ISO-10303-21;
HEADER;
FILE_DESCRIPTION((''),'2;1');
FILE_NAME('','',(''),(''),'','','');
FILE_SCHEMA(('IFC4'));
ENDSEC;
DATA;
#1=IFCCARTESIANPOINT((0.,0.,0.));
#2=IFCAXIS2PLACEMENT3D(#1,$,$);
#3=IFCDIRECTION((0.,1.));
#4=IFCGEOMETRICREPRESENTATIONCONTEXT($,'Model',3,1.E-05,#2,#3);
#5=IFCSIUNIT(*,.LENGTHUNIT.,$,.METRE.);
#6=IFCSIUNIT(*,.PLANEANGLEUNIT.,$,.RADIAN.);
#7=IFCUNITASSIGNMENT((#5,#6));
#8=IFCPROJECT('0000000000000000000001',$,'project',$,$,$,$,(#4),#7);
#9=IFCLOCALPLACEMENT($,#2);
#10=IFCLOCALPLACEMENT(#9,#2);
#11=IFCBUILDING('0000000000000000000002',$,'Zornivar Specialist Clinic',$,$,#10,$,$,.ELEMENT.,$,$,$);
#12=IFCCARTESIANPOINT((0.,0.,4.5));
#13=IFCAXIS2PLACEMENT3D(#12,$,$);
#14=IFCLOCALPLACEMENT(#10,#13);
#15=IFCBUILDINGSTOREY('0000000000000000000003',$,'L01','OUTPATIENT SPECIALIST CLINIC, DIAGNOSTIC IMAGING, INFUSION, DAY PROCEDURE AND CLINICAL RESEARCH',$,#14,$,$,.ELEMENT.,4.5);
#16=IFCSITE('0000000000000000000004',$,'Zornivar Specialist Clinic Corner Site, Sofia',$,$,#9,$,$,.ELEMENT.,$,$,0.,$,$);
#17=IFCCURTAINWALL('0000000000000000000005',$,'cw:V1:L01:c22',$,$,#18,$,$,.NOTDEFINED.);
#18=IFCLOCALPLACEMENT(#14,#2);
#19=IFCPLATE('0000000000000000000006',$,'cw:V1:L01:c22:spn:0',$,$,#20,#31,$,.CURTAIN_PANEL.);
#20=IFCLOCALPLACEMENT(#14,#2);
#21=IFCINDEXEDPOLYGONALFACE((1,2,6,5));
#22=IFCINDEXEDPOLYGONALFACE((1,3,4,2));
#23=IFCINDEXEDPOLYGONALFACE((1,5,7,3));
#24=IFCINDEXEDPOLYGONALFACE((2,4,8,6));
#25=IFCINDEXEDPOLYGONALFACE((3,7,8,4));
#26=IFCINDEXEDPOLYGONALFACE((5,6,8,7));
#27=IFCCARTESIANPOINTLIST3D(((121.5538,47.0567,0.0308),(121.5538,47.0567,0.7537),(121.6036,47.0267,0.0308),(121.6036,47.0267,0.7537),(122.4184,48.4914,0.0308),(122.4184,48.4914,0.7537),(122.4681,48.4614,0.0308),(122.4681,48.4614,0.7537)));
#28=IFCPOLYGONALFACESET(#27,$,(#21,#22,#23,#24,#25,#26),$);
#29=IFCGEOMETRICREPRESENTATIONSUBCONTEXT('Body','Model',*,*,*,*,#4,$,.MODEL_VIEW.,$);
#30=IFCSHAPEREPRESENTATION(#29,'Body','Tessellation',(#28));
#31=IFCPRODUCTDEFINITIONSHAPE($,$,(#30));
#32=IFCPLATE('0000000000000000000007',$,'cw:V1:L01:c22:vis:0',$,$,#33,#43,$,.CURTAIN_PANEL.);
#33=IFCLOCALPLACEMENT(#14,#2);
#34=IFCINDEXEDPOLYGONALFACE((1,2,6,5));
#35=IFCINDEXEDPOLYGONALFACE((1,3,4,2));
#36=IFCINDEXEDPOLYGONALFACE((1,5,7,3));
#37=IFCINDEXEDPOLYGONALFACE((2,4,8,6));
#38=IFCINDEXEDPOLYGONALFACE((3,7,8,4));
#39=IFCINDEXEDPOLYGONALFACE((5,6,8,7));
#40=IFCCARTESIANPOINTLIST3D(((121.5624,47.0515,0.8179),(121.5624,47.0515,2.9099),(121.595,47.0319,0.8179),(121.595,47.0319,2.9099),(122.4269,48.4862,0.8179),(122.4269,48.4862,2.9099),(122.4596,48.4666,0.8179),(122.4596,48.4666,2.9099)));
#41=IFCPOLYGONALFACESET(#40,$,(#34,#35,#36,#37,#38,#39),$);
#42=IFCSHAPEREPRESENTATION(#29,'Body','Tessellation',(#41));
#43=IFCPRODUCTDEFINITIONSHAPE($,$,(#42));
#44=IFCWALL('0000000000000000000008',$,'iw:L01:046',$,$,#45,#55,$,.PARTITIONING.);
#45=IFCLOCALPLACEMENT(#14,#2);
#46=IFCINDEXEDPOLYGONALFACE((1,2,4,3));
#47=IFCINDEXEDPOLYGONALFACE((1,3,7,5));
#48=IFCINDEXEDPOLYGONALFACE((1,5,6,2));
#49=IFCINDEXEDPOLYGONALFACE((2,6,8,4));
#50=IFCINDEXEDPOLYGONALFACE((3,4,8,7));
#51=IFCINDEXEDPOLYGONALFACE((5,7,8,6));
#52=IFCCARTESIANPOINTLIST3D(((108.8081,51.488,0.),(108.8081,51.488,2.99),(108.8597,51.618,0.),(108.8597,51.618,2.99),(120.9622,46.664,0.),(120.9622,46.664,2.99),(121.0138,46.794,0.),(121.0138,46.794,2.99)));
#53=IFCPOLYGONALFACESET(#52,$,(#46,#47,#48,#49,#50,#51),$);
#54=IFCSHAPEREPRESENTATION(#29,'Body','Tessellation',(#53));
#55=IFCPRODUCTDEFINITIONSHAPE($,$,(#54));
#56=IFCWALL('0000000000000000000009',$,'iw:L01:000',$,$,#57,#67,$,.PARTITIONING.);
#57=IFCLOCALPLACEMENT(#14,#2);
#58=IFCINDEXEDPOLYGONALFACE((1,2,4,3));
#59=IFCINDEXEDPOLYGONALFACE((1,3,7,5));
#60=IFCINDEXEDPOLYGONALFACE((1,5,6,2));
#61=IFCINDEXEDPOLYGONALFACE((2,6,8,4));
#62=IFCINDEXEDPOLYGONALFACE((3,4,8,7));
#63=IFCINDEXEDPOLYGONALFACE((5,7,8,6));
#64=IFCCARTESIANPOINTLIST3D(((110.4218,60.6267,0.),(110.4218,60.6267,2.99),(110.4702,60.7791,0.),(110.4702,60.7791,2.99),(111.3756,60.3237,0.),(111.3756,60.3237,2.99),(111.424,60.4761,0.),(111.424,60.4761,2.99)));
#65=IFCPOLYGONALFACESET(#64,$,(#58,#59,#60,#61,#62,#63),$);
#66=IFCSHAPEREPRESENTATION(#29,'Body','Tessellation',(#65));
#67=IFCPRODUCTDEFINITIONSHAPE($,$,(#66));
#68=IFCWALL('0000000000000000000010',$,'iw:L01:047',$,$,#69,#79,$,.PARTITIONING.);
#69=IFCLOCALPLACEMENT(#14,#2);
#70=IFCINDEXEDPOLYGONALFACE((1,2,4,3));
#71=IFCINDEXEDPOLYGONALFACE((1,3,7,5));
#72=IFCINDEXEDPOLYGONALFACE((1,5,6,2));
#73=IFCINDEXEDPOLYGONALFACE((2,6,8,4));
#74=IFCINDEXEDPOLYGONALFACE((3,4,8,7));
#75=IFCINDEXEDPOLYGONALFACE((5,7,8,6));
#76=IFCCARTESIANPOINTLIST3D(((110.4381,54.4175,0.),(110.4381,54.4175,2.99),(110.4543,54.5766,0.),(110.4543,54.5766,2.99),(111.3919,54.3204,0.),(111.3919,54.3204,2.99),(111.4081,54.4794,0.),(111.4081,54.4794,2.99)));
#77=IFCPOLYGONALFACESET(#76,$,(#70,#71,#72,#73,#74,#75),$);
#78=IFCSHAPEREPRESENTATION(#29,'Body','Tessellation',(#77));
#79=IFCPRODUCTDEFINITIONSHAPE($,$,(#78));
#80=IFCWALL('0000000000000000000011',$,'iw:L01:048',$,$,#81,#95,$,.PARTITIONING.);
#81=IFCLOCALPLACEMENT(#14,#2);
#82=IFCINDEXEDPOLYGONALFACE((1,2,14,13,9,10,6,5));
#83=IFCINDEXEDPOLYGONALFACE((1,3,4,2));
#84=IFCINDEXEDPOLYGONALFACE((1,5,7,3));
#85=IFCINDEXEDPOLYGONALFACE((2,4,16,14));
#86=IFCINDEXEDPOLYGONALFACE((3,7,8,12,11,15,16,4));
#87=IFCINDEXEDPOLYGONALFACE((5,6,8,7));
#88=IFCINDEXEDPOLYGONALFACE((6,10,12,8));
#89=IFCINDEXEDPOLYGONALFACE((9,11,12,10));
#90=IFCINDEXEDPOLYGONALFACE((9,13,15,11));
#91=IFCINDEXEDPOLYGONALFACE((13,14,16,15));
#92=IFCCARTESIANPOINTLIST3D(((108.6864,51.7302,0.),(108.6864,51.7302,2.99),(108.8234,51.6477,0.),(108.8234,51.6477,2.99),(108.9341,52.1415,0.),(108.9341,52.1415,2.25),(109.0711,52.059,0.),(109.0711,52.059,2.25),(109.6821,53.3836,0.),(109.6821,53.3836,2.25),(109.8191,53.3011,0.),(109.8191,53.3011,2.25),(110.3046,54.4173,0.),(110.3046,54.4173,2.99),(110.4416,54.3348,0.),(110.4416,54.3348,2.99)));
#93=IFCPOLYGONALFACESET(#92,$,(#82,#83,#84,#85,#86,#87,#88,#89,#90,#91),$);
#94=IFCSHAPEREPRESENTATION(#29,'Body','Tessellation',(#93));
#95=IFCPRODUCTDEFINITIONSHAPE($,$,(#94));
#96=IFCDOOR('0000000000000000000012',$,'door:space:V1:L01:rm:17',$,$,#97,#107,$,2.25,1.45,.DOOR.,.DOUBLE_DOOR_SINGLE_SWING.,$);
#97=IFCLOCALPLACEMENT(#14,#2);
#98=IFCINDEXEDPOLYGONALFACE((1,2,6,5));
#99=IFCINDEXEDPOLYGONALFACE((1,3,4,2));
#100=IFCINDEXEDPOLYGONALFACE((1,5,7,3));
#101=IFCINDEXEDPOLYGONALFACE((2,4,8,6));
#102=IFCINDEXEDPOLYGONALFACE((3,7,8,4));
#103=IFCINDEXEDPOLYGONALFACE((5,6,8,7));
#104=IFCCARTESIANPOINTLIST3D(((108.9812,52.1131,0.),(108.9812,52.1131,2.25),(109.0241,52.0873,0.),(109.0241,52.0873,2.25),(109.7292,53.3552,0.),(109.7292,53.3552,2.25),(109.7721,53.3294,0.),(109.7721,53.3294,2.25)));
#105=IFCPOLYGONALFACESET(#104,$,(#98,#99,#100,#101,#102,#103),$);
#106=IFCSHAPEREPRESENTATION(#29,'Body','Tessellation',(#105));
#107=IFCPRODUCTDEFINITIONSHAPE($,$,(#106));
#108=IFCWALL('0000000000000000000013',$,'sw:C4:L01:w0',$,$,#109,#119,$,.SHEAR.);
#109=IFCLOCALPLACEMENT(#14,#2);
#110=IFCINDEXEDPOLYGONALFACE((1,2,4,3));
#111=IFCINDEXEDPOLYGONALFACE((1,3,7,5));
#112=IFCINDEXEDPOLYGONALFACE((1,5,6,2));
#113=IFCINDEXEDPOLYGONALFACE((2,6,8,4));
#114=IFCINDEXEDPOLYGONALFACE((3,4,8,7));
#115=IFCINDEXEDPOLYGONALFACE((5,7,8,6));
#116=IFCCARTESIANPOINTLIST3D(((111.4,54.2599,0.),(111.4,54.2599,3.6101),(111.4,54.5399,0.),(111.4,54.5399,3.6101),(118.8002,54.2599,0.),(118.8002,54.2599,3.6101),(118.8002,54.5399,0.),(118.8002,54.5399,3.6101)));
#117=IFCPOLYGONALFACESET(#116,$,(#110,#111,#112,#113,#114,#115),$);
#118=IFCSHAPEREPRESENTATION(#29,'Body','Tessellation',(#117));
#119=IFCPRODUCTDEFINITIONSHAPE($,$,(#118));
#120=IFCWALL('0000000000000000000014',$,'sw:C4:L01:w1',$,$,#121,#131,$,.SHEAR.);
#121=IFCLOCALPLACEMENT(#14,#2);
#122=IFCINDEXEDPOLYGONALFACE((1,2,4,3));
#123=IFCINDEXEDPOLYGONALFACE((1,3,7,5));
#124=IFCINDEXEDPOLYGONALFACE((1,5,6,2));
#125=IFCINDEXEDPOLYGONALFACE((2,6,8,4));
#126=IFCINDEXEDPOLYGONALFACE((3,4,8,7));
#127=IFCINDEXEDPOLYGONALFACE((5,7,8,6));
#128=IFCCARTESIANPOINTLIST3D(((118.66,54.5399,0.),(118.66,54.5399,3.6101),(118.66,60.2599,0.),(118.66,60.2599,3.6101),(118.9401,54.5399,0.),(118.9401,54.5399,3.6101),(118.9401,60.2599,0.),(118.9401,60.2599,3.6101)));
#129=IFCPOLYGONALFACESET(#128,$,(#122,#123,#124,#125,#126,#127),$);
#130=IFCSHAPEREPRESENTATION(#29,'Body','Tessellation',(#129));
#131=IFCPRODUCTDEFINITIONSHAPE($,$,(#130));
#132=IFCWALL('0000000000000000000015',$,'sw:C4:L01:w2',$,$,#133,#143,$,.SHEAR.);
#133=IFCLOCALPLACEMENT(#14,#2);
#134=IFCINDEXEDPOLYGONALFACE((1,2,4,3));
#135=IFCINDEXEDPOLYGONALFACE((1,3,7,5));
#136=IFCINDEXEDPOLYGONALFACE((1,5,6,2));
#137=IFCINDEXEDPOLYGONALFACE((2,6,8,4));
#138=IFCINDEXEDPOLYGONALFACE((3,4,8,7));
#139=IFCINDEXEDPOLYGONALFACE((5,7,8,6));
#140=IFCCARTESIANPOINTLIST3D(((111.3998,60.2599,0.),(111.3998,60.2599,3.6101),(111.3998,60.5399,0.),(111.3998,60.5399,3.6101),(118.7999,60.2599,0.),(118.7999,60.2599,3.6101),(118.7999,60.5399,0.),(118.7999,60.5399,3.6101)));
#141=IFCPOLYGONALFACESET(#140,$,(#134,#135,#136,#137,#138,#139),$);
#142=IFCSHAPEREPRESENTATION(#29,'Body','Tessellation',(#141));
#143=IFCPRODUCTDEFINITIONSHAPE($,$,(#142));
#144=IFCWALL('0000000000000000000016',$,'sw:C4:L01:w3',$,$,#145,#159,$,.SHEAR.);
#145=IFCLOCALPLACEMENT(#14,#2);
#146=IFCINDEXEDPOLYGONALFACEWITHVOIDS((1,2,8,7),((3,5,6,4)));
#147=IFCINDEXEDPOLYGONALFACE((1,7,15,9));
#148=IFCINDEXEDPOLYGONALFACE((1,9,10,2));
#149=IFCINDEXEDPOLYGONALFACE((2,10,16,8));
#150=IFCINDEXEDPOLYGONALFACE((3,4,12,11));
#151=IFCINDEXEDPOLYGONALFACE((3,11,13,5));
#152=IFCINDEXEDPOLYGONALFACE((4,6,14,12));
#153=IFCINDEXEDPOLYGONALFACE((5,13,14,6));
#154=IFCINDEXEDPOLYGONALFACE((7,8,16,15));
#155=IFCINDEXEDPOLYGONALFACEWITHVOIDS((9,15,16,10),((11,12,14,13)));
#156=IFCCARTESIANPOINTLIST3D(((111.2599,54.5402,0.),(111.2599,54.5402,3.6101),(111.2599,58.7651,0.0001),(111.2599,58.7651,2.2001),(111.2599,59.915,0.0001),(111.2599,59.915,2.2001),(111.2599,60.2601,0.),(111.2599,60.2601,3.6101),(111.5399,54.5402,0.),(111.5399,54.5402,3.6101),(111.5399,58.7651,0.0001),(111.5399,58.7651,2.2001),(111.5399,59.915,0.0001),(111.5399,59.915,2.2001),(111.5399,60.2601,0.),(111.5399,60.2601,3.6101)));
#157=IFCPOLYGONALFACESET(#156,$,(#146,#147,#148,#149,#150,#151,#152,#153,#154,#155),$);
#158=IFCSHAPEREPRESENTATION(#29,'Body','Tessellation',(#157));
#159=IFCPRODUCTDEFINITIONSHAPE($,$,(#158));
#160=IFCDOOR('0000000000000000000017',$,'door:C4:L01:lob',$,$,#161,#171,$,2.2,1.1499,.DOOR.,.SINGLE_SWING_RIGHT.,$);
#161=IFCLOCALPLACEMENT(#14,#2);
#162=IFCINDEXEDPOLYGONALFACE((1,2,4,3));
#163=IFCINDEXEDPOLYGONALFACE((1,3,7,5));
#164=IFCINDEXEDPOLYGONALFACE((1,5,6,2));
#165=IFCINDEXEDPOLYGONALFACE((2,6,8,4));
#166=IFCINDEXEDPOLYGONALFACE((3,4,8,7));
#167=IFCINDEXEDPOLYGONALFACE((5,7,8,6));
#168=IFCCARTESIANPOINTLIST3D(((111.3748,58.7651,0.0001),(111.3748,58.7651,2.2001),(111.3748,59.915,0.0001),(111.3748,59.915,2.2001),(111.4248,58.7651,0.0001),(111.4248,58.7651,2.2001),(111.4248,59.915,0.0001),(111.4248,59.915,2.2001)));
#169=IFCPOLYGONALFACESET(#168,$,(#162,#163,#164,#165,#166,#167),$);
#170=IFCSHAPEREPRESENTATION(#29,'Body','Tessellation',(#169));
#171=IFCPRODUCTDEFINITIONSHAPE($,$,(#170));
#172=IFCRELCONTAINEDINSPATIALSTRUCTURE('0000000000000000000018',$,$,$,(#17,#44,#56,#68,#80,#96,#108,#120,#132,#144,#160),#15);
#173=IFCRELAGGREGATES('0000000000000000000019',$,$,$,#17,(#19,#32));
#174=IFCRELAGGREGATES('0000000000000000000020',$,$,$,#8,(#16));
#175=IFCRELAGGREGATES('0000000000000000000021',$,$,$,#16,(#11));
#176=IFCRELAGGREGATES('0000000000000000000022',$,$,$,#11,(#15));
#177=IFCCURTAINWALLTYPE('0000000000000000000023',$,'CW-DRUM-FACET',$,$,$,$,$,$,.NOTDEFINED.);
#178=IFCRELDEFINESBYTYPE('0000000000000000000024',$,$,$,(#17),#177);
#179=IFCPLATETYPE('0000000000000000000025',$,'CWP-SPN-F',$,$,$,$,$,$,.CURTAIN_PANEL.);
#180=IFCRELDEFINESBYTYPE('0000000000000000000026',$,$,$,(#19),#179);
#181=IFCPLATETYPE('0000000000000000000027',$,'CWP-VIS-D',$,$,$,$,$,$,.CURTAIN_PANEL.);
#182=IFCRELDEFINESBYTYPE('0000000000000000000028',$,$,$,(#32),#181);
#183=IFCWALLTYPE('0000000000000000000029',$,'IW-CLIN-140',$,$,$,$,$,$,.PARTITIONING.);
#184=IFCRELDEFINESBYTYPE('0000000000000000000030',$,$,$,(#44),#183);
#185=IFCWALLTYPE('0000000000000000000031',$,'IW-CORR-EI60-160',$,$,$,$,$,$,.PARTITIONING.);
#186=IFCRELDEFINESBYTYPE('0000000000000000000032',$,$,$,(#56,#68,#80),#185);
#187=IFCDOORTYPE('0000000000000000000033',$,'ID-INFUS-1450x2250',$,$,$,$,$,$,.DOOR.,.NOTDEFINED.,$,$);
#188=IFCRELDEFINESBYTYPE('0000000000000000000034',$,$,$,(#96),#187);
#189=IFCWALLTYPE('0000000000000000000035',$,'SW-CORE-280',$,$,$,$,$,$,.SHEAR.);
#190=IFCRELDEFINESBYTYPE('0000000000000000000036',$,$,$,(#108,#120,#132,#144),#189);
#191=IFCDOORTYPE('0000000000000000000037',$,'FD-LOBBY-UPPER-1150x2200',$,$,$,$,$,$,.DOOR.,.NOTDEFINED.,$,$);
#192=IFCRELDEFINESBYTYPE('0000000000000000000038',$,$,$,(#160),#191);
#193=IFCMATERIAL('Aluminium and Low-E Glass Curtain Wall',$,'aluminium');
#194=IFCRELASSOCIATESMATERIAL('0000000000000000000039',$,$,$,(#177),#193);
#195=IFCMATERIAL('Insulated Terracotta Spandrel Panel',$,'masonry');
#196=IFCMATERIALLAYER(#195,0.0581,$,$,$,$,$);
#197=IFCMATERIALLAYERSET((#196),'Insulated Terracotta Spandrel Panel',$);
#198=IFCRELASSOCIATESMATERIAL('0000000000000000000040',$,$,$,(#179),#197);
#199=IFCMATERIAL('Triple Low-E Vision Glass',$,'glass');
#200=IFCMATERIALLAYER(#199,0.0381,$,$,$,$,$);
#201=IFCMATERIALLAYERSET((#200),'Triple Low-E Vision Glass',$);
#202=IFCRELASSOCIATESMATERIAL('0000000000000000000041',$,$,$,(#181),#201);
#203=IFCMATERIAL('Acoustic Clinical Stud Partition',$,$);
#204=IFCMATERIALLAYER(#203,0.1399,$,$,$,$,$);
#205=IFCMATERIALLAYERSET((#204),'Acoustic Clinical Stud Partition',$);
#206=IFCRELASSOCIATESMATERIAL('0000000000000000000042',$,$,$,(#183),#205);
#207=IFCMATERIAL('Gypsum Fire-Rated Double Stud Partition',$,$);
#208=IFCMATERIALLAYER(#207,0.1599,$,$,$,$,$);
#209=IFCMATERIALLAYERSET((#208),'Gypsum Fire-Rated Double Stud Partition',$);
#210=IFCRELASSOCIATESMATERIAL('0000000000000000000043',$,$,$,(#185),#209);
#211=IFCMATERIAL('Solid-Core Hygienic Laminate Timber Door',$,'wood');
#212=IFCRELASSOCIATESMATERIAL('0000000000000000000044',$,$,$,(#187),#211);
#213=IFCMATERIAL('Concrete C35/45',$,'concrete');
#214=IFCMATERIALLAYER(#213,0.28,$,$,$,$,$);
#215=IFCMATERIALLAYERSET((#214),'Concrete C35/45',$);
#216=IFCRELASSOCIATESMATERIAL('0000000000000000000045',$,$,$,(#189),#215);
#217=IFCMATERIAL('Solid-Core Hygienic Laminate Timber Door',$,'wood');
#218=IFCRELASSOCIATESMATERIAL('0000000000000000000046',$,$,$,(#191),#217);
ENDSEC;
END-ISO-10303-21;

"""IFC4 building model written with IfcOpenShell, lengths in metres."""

from ifc_helpers import new_model, si_unit, direction, frame, frame_2d, origin, origin_2d, place, context, subcontext, project, spatial, rectangle, extrude, material, layer, layer_set, type_object, element, fill, aggregate, save


model = new_model("IFC4")

# Units and contexts
model_context = context("Model", 3, precision=1e-05, world=origin(), true_north=direction((0.0, 1.0)))
body_context = subcontext(model_context, "Body", "Model", "MODEL_VIEW")
ifc_project = project(units=[si_unit("LENGTHUNIT", "METRE"), si_unit("PLANEANGLEUNIT", "RADIAN")], contexts=[model_context])

# Site, building, storey
site_placement = place(None, origin())
site = spatial("IfcSite", under=ifc_project, at=site_placement, Name="Zornivar Specialist Clinic Corner Site, Sofia", CompositionType="ELEMENT", RefElevation=0.0)
building_placement = place(site_placement, origin())
building = spatial("IfcBuilding", under=site, at=building_placement, Name="Zornivar Specialist Clinic", CompositionType="ELEMENT")
storey_placement = place(building_placement, frame((0.0, 0.0, 4.5)))
storey = spatial("IfcBuildingStorey", under=building, at=storey_placement, Name="L01", Description="OUTPATIENT SPECIALIST CLINIC, DIAGNOSTIC IMAGING, INFUSION, DAY PROCEDURE AND CLINICAL RESEARCH", CompositionType="ELEMENT", Elevation=4.5)

# Curtain wall, plates
ifc_material_1 = material(Name="Aluminium and Low-E Glass Curtain Wall", Category="aluminium")
curtain_wall_type = type_object("IfcCurtainWallType", Name="CW-DRUM-FACET", PredefinedType="NOTDEFINED", material=ifc_material_1)
curtain_wall_placement = place(storey_placement, origin())
curtain_wall = element("IfcCurtainWall", 1, at=curtain_wall_placement, inside=storey, type_object=curtain_wall_type, Name="cw:V1:L01:c22", PredefinedType="NOTDEFINED")
ifc_material_2 = material(Name="Insulated Terracotta Spandrel Panel", Category="masonry")
ifc_layer_1 = layer(ifc_material_2, 0.0581)
ifc_layer_set_1 = layer_set([ifc_layer_1], Name="Insulated Terracotta Spandrel Panel")
plate_type_1 = type_object("IfcPlateType", Name="CWP-SPN-F", PredefinedType="CURTAIN_PANEL", material=ifc_layer_set_1)
plate_1_placement = place(storey_placement, frame((122.011, 47.759, 0.0308), z_axis=(0.0, 0.0, 1.0), x_axis=(0.516127, 0.856512, 0.0)))
plate_1 = element("IfcPlate", 2, at=plate_1_placement, type_object=plate_type_1, Name="cw:V1:L01:c22:spn:0", PredefinedType="CURTAIN_PANEL", context=body_context, shape_type="SweptSolid", body=[
    extrude(rectangle(XDim=1.675, YDim=0.0581, at=origin_2d()), origin(), (0.0, 0.0, 1.0), 0.7229),
])
ifc_material_3 = material(Name="Triple Low-E Vision Glass", Category="glass")
ifc_layer_2 = layer(ifc_material_3, 0.0381)
ifc_layer_set_2 = layer_set([ifc_layer_2], Name="Triple Low-E Vision Glass")
plate_type_2 = type_object("IfcPlateType", Name="CWP-VIS-D", PredefinedType="CURTAIN_PANEL", material=ifc_layer_set_2)
plate_2_placement = place(storey_placement, frame((122.011, 47.759, 0.8179), z_axis=(0.0, 0.0, 1.0), x_axis=(0.516127, 0.856512, 0.0)))
plate_2 = element("IfcPlate", 3, at=plate_2_placement, type_object=plate_type_2, Name="cw:V1:L01:c22:vis:0", PredefinedType="CURTAIN_PANEL", context=body_context, shape_type="SweptSolid", body=[
    extrude(rectangle(XDim=1.675, YDim=0.0381, at=origin_2d()), origin(), (0.0, 0.0, 1.0), 2.092),
])
aggregate(curtain_wall, [plate_1, plate_2])

# Walls
ifc_material_4 = material(Name="Acoustic Clinical Stud Partition")
ifc_layer_3 = layer(ifc_material_4, 0.1399)
ifc_layer_set_3 = layer_set([ifc_layer_3], Name="Acoustic Clinical Stud Partition")
wall_type_1 = type_object("IfcWallType", Name="IW-CLIN-140", PredefinedType="PARTITIONING", material=ifc_layer_set_3)
wall_1_placement = place(storey_placement, frame((108.834, 51.553, 0.0), z_axis=(0.0, 0.0, 1.0), x_axis=(0.929466, -0.368907, 0.0)))
element("IfcWall", 4, at=wall_1_placement, inside=storey, type_object=wall_type_1, Name="iw:L01:046", PredefinedType="PARTITIONING", context=body_context, shape_type="SweptSolid", body=[
    extrude(rectangle(XDim=13.0764, YDim=0.1399, at=frame_2d((6.5381, 0.0))), origin(), (0.0, 0.0, 1.0), 2.99),
])
ifc_material_5 = material(Name="Gypsum Fire-Rated Double Stud Partition")
ifc_layer_4 = layer(ifc_material_5, 0.1599)
ifc_layer_set_4 = layer_set([ifc_layer_4], Name="Gypsum Fire-Rated Double Stud Partition")
wall_type_2 = type_object("IfcWallType", Name="IW-CORR-EI60-160", PredefinedType="PARTITIONING", material=ifc_layer_set_4)
wall_2_placement = place(storey_placement, frame((111.3999, 60.3999, 0.0), z_axis=(0.0, 0.0, 1.0), x_axis=(-0.953076, 0.30273, 0.0)))
element("IfcWall", 5, at=wall_2_placement, inside=storey, type_object=wall_type_2, Name="iw:L01:000", PredefinedType="PARTITIONING", context=body_context, shape_type="SweptSolid", body=[
    extrude(rectangle(XDim=1.0007, YDim=0.1599, at=frame_2d((0.5005, 0.0))), origin(), (0.0, 0.0, 1.0), 2.99),
])
wall_3_placement = place(storey_placement, frame((110.446, 54.4971, 0.0), z_axis=(0.0, 0.0, 1.0), x_axis=(0.994851, -0.101344, 0.0)))
element("IfcWall", 6, at=wall_3_placement, inside=storey, type_object=wall_type_2, Name="iw:L01:047", PredefinedType="PARTITIONING", context=body_context, shape_type="SweptSolid", body=[
    extrude(rectangle(XDim=0.9587, YDim=0.1599, at=frame_2d((0.4795, 0.0))), origin(), (0.0, 0.0, 1.0), 2.99),
])

# Wall, opening, door
wall_4_placement = place(storey_placement, frame((108.7549, 51.689, 0.0), z_axis=(0.0, 0.0, 1.0), x_axis=(0.515892, 0.856654, 0.0)))
wall_4 = element("IfcWall", 7, at=wall_4_placement, inside=storey, type_object=wall_type_2, Name="iw:L01:048", PredefinedType="PARTITIONING", context=body_context, shape_type="SweptSolid", body=[
    extrude(rectangle(XDim=3.1367, YDim=0.1599, at=frame_2d((1.5684, 0.0))), origin(), (0.0, 0.0, 1.0), 2.99),
])
opening_1_placement = place(wall_4_placement, frame((0.48, 0.0, 0.0)))
opening_1 = element("IfcOpeningElement", 8, at=opening_1_placement, cuts=wall_4, PredefinedType="OPENING", context=body_context, shape_type="SweptSolid", body=[
    extrude(rectangle(XDim=1.45, YDim=2.25, at=frame_2d((0.7251, 1.125))), frame((0.0, 0.0898, 0.0), z_axis=(0.0, -1.0, 0.0), x_axis=(1.0, 0.0, 0.0)), (0.0, 0.0, 1.0), 0.1799),
])
ifc_material_6 = material(Name="Solid-Core Hygienic Laminate Timber Door", Category="wood")
door_type_1 = type_object("IfcDoorType", Name="ID-INFUS-1450x2250", OperationType="NOTDEFINED", PredefinedType="DOOR", material=ifc_material_6)
door_1_placement = place(opening_1_placement, origin())
door_1 = element("IfcDoor", 9, at=door_1_placement, inside=storey, type_object=door_type_1, Name="door:space:V1:L01:rm:17", OperationType="DOUBLE_DOOR_SINGLE_SWING", OverallHeight=2.25, OverallWidth=1.45, PredefinedType="DOOR", context=body_context, shape_type="SweptSolid", body=[
    extrude(rectangle(XDim=1.45, YDim=2.25, at=frame_2d((0.7251, 1.125))), frame((0.0, 0.0249, 0.0), z_axis=(0.0, -1.0, 0.0), x_axis=(1.0, 0.0, 0.0)), (0.0, 0.0, 1.0), 0.05),
])
fill(opening_1, door_1)

# Walls
ifc_material_7 = material(Name="Concrete C35/45", Category="concrete")
ifc_layer_5 = layer(ifc_material_7, 0.28)
ifc_layer_set_5 = layer_set([ifc_layer_5], Name="Concrete C35/45")
wall_type_3 = type_object("IfcWallType", Name="SW-CORE-280", PredefinedType="SHEAR", material=ifc_layer_set_5)
wall_5_placement = place(storey_placement, frame((111.3999, 54.3999, 0.0), z_axis=(0.0, 0.0, 1.0), x_axis=(1.0, 0.0, 0.0)))
element("IfcWall", 10, at=wall_5_placement, inside=storey, type_object=wall_type_3, Name="sw:C4:L01:w0", PredefinedType="SHEAR", context=body_context, shape_type="SweptSolid", body=[
    extrude(rectangle(XDim=7.4001, YDim=0.28, at=frame_2d((3.7002, 0.0))), origin(), (0.0, 0.0, 1.0), 3.6101),
])
wall_6_placement = place(storey_placement, frame((118.8, 54.54, 0.0), z_axis=(0.0, 0.0, 1.0), x_axis=(0.0, 1.0, 0.0)))
element("IfcWall", 11, at=wall_6_placement, inside=storey, type_object=wall_type_3, Name="sw:C4:L01:w1", PredefinedType="SHEAR", context=body_context, shape_type="SweptSolid", body=[
    extrude(rectangle(XDim=5.72, YDim=0.28, at=frame_2d((2.8599, 0.0))), origin(), (0.0, 0.0, 1.0), 3.6101),
])
wall_7_placement = place(storey_placement, frame((118.8, 60.3999, 0.0), z_axis=(0.0, 0.0, 1.0), x_axis=(-1.0, 0.0, 0.0)))
element("IfcWall", 12, at=wall_7_placement, inside=storey, type_object=wall_type_3, Name="sw:C4:L01:w2", PredefinedType="SHEAR", context=body_context, shape_type="SweptSolid", body=[
    extrude(rectangle(XDim=7.4001, YDim=0.28, at=frame_2d((3.7002, 0.0))), origin(), (0.0, 0.0, 1.0), 3.6101),
])

# Wall, opening, door
wall_8_placement = place(storey_placement, frame((111.3999, 60.26, 0.0), z_axis=(0.0, 0.0, 1.0), x_axis=(0.0, -1.0, 0.0)))
wall_8 = element("IfcWall", 13, at=wall_8_placement, inside=storey, type_object=wall_type_3, Name="sw:C4:L01:w3", PredefinedType="SHEAR", context=body_context, shape_type="SweptSolid", body=[
    extrude(rectangle(XDim=5.72, YDim=0.28, at=frame_2d((2.8599, 0.0))), origin(), (0.0, 0.0, 1.0), 3.6101),
])
opening_2_placement = place(wall_8_placement, frame((0.345, 0.0, 0.0)))
opening_2 = element("IfcOpeningElement", 14, at=opening_2_placement, cuts=wall_8, PredefinedType="OPENING", context=body_context, shape_type="SweptSolid", body=[
    extrude(rectangle(XDim=1.1499, YDim=2.2, at=frame_2d((0.575, 1.1001))), frame((0.0, 0.1499, 0.0), z_axis=(0.0, -1.0, 0.0), x_axis=(1.0, 0.0, 0.0)), (0.0, 0.0, 1.0), 0.3),
])
ifc_material_8 = material(Name="Solid-Core Hygienic Laminate Timber Door", Category="wood")
door_type_2 = type_object("IfcDoorType", Name="FD-LOBBY-UPPER-1150x2200", OperationType="NOTDEFINED", PredefinedType="DOOR", material=ifc_material_8)
door_2_placement = place(opening_2_placement, origin())
door_2 = element("IfcDoor", 15, at=door_2_placement, inside=storey, type_object=door_type_2, Name="door:C4:L01:lob", OperationType="SINGLE_SWING_RIGHT", OverallHeight=2.2, OverallWidth=1.1499, PredefinedType="DOOR", context=body_context, shape_type="SweptSolid", body=[
    extrude(rectangle(XDim=1.1499, YDim=2.2, at=frame_2d((0.575, 1.1001))), frame((0.0, 0.0249, 0.0), z_axis=(0.0, -1.0, 0.0), x_axis=(1.0, 0.0, 0.0)), (0.0, 0.0, 1.0), 0.05),
])
fill(opening_2, door_2)

save(model, "model.ifc")
